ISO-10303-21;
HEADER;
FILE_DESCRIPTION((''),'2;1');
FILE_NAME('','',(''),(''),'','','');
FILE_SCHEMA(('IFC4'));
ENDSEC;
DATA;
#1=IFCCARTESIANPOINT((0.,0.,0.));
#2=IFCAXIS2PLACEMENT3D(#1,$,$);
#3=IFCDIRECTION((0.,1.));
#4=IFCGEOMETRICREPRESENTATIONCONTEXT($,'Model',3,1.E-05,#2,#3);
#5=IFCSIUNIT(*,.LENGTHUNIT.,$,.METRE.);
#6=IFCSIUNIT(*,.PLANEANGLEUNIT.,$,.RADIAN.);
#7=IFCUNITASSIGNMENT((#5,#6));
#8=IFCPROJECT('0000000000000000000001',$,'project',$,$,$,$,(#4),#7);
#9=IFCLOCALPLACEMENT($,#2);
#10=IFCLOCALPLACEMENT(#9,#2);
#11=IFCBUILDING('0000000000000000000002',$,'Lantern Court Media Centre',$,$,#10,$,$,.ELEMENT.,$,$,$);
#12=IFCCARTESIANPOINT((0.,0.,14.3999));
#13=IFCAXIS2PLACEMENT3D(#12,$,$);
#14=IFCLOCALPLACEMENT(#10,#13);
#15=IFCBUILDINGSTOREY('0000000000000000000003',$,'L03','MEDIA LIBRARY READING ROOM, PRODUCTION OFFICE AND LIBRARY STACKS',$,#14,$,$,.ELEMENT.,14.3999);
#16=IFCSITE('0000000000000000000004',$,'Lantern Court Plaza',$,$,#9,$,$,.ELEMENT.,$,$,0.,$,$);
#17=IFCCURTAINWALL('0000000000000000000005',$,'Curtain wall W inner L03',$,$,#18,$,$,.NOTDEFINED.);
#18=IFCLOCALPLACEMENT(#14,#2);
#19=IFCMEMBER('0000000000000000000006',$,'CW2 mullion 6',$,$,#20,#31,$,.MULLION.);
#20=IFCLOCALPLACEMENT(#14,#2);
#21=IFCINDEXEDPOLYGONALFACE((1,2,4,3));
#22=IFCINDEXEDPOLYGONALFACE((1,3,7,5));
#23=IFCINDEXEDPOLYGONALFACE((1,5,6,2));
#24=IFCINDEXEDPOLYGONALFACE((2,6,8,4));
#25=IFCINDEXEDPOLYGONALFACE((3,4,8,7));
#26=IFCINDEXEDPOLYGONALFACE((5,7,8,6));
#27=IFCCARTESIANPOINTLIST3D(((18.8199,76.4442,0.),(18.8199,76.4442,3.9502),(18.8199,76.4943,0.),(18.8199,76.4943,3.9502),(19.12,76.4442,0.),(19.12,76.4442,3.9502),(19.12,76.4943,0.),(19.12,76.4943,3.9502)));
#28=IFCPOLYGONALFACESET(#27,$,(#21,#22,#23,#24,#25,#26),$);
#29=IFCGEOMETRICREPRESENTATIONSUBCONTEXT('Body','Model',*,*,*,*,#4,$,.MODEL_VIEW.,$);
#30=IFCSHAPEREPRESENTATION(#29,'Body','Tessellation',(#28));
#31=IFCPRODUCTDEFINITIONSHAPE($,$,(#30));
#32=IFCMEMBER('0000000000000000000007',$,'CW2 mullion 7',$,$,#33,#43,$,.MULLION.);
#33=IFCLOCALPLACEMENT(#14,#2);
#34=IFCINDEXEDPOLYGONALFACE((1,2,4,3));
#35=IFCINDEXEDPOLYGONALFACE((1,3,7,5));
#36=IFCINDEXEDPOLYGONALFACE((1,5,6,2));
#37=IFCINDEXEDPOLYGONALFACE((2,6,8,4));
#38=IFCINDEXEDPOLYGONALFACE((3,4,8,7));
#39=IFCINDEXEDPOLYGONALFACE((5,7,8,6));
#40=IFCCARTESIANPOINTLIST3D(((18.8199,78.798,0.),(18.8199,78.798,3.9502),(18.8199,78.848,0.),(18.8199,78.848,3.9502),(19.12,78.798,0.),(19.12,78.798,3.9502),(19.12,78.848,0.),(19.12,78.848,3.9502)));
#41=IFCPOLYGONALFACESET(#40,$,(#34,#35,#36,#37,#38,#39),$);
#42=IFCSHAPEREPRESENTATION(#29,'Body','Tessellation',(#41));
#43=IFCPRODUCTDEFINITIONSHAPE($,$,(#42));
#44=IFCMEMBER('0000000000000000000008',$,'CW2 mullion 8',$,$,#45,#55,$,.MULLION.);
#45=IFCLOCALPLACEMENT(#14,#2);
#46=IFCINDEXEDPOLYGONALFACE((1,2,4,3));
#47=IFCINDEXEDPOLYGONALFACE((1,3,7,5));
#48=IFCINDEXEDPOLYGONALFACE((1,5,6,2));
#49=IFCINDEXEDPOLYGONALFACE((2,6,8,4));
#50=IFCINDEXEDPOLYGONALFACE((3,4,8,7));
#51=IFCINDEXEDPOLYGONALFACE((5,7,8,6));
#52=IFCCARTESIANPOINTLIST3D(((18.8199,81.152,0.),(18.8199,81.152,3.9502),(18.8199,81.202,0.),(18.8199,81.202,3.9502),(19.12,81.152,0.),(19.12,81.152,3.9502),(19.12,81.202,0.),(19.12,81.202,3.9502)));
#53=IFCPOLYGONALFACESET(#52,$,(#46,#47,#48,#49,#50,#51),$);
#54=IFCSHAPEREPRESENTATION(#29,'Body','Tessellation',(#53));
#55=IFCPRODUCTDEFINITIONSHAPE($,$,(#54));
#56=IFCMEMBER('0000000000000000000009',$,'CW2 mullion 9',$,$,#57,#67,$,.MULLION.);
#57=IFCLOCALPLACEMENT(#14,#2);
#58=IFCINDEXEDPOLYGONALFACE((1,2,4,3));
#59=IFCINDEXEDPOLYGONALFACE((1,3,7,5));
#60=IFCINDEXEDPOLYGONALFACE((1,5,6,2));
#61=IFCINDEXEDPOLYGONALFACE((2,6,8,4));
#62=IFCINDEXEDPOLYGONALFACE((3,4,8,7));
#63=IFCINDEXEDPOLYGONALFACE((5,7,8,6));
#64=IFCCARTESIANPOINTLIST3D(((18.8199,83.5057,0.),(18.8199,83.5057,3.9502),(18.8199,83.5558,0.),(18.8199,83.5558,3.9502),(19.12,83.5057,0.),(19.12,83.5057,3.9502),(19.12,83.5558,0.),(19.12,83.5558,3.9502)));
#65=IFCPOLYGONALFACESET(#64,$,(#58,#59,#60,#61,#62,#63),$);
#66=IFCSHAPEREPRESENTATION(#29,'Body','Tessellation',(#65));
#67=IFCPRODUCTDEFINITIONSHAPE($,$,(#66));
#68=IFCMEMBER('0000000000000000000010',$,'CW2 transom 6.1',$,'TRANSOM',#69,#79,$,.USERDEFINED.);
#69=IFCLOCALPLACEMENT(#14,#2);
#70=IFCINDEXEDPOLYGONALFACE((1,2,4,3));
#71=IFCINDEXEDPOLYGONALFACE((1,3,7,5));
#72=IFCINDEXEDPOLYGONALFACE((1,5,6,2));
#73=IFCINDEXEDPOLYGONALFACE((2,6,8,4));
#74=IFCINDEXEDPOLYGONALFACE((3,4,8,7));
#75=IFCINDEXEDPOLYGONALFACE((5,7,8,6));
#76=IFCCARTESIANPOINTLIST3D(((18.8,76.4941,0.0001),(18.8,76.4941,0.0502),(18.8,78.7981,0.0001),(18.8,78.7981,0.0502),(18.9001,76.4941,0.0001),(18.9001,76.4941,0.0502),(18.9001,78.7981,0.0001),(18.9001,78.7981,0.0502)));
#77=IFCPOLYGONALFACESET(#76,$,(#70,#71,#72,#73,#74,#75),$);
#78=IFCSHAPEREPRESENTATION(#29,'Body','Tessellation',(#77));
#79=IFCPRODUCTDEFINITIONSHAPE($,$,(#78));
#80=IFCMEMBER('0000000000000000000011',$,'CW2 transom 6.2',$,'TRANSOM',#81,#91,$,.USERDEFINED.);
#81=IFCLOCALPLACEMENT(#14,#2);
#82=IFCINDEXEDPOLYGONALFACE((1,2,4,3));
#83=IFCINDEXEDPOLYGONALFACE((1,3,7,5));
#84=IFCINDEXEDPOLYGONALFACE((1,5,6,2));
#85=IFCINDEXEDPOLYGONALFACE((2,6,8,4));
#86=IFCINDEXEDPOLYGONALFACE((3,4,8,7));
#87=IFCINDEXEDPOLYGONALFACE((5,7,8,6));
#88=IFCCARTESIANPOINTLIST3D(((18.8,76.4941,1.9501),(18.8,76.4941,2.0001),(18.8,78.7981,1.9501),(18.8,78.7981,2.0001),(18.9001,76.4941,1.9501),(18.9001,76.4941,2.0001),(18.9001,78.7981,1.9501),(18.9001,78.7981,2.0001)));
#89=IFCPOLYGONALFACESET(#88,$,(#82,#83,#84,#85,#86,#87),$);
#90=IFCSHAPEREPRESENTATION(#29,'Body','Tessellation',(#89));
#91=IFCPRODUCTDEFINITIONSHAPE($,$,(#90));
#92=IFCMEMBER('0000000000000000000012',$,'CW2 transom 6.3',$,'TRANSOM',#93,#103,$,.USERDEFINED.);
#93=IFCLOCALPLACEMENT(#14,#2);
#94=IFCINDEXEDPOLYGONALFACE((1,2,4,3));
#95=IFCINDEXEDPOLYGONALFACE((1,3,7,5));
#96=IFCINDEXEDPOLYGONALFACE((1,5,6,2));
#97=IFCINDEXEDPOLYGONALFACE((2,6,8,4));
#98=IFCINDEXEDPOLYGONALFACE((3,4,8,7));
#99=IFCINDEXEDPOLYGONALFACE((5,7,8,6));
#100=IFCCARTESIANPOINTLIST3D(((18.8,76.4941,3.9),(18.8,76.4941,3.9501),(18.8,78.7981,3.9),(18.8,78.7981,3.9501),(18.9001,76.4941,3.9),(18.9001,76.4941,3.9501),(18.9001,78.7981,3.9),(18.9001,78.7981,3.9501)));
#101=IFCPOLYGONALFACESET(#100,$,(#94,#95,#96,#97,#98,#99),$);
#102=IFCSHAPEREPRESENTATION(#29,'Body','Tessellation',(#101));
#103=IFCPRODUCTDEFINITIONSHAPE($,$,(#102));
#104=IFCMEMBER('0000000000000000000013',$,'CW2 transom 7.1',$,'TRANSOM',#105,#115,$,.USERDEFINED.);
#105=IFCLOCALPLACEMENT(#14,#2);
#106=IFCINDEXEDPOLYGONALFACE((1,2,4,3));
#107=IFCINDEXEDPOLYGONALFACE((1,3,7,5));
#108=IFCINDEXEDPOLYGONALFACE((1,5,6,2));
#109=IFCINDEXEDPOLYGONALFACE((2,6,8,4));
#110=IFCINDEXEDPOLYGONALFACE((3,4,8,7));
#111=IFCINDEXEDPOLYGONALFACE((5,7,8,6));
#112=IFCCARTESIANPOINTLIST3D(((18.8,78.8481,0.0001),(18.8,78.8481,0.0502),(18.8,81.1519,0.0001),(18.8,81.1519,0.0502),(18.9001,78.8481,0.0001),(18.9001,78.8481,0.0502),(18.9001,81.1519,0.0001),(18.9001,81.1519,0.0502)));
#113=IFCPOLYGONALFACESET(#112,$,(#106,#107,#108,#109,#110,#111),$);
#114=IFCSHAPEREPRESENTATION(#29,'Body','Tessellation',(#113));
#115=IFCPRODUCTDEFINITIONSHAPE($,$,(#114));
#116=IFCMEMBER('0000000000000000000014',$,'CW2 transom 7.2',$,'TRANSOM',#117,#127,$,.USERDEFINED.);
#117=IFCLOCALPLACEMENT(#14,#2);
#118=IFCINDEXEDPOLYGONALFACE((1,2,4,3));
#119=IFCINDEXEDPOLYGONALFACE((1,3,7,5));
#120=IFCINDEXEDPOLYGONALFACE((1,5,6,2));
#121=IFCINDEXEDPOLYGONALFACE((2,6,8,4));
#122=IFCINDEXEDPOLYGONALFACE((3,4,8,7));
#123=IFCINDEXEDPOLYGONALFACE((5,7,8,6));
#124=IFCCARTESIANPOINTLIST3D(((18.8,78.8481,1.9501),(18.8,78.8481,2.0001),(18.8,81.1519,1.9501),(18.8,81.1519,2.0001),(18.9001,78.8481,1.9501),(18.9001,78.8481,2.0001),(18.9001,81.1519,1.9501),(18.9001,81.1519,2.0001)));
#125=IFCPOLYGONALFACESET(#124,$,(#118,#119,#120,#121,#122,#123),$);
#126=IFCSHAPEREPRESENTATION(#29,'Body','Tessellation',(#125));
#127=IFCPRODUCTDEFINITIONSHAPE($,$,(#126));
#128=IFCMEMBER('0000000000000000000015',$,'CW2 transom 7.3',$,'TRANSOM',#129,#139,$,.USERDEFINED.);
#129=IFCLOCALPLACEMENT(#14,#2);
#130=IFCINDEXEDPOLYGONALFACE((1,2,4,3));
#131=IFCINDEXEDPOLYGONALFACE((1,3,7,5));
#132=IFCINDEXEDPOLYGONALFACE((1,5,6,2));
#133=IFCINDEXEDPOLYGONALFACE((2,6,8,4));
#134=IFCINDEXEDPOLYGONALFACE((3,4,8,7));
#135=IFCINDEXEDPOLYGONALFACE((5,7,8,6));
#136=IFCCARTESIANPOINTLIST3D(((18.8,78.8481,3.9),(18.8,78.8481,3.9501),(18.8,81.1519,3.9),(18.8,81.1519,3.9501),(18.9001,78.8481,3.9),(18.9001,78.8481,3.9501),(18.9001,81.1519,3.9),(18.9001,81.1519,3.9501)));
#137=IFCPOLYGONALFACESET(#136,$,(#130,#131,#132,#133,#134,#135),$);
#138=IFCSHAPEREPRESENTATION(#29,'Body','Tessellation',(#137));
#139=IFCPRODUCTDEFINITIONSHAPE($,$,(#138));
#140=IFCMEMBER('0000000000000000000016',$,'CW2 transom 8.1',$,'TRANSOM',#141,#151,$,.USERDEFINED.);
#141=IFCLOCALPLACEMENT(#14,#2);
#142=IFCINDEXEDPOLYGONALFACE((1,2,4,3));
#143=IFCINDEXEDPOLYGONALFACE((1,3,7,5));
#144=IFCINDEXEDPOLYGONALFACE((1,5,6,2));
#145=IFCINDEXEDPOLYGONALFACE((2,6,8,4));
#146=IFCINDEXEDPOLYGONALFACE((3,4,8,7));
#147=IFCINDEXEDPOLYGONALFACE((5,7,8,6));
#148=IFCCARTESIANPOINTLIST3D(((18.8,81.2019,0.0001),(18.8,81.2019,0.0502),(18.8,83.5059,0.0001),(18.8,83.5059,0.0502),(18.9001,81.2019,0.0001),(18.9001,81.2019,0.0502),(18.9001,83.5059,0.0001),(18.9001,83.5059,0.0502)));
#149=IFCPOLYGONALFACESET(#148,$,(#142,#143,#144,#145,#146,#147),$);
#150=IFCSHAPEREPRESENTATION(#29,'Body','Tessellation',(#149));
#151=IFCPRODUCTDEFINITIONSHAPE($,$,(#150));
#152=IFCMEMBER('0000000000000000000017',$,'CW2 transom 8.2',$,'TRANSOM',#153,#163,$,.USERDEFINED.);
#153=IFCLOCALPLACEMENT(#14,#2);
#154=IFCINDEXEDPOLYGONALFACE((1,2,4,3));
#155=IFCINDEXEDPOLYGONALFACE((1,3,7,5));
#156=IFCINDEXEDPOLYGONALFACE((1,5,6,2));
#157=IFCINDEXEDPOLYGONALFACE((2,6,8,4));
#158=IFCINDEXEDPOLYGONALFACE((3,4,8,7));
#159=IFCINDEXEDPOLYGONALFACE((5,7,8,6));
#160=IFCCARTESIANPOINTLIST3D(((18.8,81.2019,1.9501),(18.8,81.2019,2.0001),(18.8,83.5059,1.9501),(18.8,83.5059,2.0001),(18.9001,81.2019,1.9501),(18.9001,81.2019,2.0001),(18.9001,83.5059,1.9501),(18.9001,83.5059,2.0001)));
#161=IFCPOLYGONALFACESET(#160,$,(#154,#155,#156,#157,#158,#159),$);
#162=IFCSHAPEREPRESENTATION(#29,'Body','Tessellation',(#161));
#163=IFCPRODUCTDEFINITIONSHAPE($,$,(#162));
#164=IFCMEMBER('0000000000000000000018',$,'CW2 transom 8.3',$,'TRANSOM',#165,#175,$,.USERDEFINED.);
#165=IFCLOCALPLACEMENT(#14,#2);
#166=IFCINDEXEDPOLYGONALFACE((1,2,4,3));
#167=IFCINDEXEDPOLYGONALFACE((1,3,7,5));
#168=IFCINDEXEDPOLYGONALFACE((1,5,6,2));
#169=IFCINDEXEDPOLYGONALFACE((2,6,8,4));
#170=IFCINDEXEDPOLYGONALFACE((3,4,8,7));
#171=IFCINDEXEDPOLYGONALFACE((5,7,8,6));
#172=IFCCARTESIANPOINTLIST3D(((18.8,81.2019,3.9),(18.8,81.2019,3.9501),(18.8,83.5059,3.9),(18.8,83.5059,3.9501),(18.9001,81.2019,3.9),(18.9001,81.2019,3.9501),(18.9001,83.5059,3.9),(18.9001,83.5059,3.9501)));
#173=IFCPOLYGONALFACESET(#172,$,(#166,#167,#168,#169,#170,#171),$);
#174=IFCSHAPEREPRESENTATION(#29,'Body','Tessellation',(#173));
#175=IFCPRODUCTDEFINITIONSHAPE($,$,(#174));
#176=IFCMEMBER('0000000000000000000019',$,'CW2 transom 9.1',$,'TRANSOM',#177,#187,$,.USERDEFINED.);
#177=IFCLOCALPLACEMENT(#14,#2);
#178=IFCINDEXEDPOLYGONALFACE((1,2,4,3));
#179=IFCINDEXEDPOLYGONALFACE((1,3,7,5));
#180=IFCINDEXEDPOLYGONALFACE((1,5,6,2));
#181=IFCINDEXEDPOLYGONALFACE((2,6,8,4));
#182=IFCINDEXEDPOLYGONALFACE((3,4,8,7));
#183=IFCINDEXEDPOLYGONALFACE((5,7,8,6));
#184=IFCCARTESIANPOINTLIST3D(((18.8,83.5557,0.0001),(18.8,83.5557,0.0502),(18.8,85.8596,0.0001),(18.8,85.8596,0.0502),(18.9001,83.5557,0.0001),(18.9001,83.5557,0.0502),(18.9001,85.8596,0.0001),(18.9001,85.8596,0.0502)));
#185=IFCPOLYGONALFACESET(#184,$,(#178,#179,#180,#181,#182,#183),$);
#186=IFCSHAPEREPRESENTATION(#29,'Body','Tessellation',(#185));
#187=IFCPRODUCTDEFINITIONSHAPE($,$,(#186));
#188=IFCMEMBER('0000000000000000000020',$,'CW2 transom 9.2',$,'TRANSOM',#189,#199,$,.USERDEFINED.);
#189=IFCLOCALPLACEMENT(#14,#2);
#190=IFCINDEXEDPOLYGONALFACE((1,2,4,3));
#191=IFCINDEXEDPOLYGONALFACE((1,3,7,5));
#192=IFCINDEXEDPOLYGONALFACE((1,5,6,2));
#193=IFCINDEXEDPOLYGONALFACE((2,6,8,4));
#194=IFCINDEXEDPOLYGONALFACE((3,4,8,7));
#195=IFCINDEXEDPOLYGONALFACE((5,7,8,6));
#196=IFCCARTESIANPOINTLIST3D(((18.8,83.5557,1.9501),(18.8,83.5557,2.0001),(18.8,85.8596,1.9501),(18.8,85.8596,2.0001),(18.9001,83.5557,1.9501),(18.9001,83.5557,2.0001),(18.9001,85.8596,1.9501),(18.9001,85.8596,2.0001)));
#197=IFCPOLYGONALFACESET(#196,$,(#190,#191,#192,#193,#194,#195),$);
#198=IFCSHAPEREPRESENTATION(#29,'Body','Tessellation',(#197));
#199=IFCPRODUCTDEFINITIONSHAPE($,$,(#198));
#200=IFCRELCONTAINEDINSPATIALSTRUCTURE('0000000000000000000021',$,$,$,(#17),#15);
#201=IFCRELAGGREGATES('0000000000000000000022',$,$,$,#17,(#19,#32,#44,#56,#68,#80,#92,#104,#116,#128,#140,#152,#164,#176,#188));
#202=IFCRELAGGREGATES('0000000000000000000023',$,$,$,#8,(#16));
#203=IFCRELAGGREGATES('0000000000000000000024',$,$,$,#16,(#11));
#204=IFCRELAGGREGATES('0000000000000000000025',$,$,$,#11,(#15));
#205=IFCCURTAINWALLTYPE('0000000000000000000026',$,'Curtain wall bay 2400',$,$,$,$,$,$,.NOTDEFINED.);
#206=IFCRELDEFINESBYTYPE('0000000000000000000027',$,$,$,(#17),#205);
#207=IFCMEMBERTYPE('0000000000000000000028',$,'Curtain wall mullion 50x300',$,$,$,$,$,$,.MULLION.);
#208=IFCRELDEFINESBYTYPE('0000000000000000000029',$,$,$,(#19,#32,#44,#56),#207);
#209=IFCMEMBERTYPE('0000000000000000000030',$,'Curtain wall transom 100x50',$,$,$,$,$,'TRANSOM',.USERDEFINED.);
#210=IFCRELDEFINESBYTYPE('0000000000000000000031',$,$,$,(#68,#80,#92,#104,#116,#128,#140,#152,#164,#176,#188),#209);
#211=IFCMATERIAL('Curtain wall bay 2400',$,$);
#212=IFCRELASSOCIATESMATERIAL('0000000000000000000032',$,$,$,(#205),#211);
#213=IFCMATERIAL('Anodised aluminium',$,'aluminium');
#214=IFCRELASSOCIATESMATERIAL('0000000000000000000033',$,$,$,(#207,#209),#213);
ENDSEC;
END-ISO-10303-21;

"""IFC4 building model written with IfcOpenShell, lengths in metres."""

from ifc_helpers import new_model, si_unit, direction, frame, origin, origin_2d, place, context, subcontext, project, spatial, rectangle, extrude, material, material_profile, profile_set, type_object, element, aggregate, save


model = new_model("IFC4")

# Units and contexts
model_context = context("Model", 3, precision=1e-05, world=origin(), true_north=direction((0.0, 1.0)))
body_context = subcontext(model_context, "Body", "Model", "MODEL_VIEW")
ifc_project = project(units=[si_unit("LENGTHUNIT", "METRE"), si_unit("PLANEANGLEUNIT", "RADIAN")], contexts=[model_context])

# Site, building, storey
site_placement = place(None, origin())
site = spatial("IfcSite", under=ifc_project, at=site_placement, Name="Lantern Court Plaza", CompositionType="ELEMENT", RefElevation=0.0)
building_placement = place(site_placement, origin())
building = spatial("IfcBuilding", under=site, at=building_placement, Name="Lantern Court Media Centre", CompositionType="ELEMENT")
storey_placement = place(building_placement, frame((0.0, 0.0, 14.3999)))
storey = spatial("IfcBuildingStorey", under=building, at=storey_placement, Name="L03", Description="MEDIA LIBRARY READING ROOM, PRODUCTION OFFICE AND LIBRARY STACKS", CompositionType="ELEMENT", Elevation=14.3999)

# Curtain wall, members
ifc_material_1 = material(Name="Curtain wall bay 2400")
curtain_wall_type_1 = type_object("IfcCurtainWallType", Name="Curtain wall bay 2400", PredefinedType="NOTDEFINED", material=ifc_material_1)
curtain_wall_1_placement = place(storey_placement, origin())
curtain_wall_1 = element("IfcCurtainWall", 1, at=curtain_wall_1_placement, inside=storey, type_object=curtain_wall_type_1, Name="Curtain wall W inner L03", PredefinedType="NOTDEFINED")
ifc_material_2 = material(Name="Anodised aluminium", Category="aluminium")
ifc_material_profile_1 = material_profile(ifc_material_2, rectangle(XDim=0.3, YDim=0.05, at=origin_2d()), Name="AL 50x300")
ifc_profile_set_1 = profile_set([ifc_material_profile_1], Name="Anodised aluminium")
member_type_1 = type_object("IfcMemberType", Name="Curtain wall mullion 50x300", PredefinedType="MULLION", material=ifc_profile_set_1)
member_1_placement = place(storey_placement, frame((18.97, 76.4692, 0.0), z_axis=(0.0, 0.0, 1.0), x_axis=(-1.0, 0.0, 0.0)))
member_1 = element("IfcMember", 2, at=member_1_placement, type_object=member_type_1, Name="CW2 mullion 6", PredefinedType="MULLION", context=body_context, shape_type="SweptSolid", body=[
    extrude(rectangle(XDim=0.3, YDim=0.05, at=origin_2d()), origin(), (0.0, 0.0, 1.0), 3.9502),
])
member_2_placement = place(storey_placement, frame((18.97, 78.823, 0.0), z_axis=(0.0, 0.0, 1.0), x_axis=(-1.0, 0.0, 0.0)))
member_2 = element("IfcMember", 3, at=member_2_placement, type_object=member_type_1, Name="CW2 mullion 7", PredefinedType="MULLION", context=body_context, shape_type="SweptSolid", body=[
    extrude(rectangle(XDim=0.3, YDim=0.05, at=origin_2d()), origin(), (0.0, 0.0, 1.0), 3.9502),
])
member_3_placement = place(storey_placement, frame((18.97, 81.177, 0.0), z_axis=(0.0, 0.0, 1.0), x_axis=(-1.0, 0.0, 0.0)))
member_3 = element("IfcMember", 4, at=member_3_placement, type_object=member_type_1, Name="CW2 mullion 8", PredefinedType="MULLION", context=body_context, shape_type="SweptSolid", body=[
    extrude(rectangle(XDim=0.3, YDim=0.05, at=origin_2d()), origin(), (0.0, 0.0, 1.0), 3.9502),
])
member_4_placement = place(storey_placement, frame((18.97, 83.5308, 0.0), z_axis=(0.0, 0.0, 1.0), x_axis=(-1.0, 0.0, 0.0)))
member_4 = element("IfcMember", 5, at=member_4_placement, type_object=member_type_1, Name="CW2 mullion 9", PredefinedType="MULLION", context=body_context, shape_type="SweptSolid", body=[
    extrude(rectangle(XDim=0.3, YDim=0.05, at=origin_2d()), origin(), (0.0, 0.0, 1.0), 3.9502),
])
ifc_material_profile_2 = material_profile(ifc_material_2, rectangle(XDim=0.1001, YDim=0.05, at=origin_2d()), Name="AL 50x100")
ifc_profile_set_2 = profile_set([ifc_material_profile_2], Name="Anodised aluminium")
member_type_2 = type_object("IfcMemberType", Name="Curtain wall transom 100x50", ElementType="TRANSOM", PredefinedType="USERDEFINED", material=ifc_profile_set_2)
member_5_placement = place(storey_placement, frame((18.8501, 76.4941, 0.0251), z_axis=(0.0, 1.0, 0.0), x_axis=(-1.0, 0.0, 0.0)))
member_5 = element("IfcMember", 6, at=member_5_placement, type_object=member_type_2, Name="CW2 transom 6.1", ObjectType="TRANSOM", PredefinedType="USERDEFINED", context=body_context, shape_type="SweptSolid", body=[
    extrude(rectangle(XDim=0.1001, YDim=0.05, at=origin_2d()), origin(), (0.0, 0.0, 1.0), 2.304),
])
member_6_placement = place(storey_placement, frame((18.8501, 76.4941, 1.9751), z_axis=(0.0, 1.0, 0.0), x_axis=(-1.0, 0.0, 0.0)))
member_6 = element("IfcMember", 7, at=member_6_placement, type_object=member_type_2, Name="CW2 transom 6.2", ObjectType="TRANSOM", PredefinedType="USERDEFINED", context=body_context, shape_type="SweptSolid", body=[
    extrude(rectangle(XDim=0.1001, YDim=0.05, at=origin_2d()), origin(), (0.0, 0.0, 1.0), 2.304),
])
member_7_placement = place(storey_placement, frame((18.8501, 76.4941, 3.925), z_axis=(0.0, 1.0, 0.0), x_axis=(-1.0, 0.0, 0.0)))
member_7 = element("IfcMember", 8, at=member_7_placement, type_object=member_type_2, Name="CW2 transom 6.3", ObjectType="TRANSOM", PredefinedType="USERDEFINED", context=body_context, shape_type="SweptSolid", body=[
    extrude(rectangle(XDim=0.1001, YDim=0.05, at=origin_2d()), origin(), (0.0, 0.0, 1.0), 2.304),
])
member_8_placement = place(storey_placement, frame((18.8501, 78.8481, 0.0251), z_axis=(0.0, 1.0, 0.0), x_axis=(-1.0, 0.0, 0.0)))
member_8 = element("IfcMember", 9, at=member_8_placement, type_object=member_type_2, Name="CW2 transom 7.1", ObjectType="TRANSOM", PredefinedType="USERDEFINED", context=body_context, shape_type="SweptSolid", body=[
    extrude(rectangle(XDim=0.1001, YDim=0.05, at=origin_2d()), origin(), (0.0, 0.0, 1.0), 2.3037),
])
member_9_placement = place(storey_placement, frame((18.8501, 78.8481, 1.9751), z_axis=(0.0, 1.0, 0.0), x_axis=(-1.0, 0.0, 0.0)))
member_9 = element("IfcMember", 10, at=member_9_placement, type_object=member_type_2, Name="CW2 transom 7.2", ObjectType="TRANSOM", PredefinedType="USERDEFINED", context=body_context, shape_type="SweptSolid", body=[
    extrude(rectangle(XDim=0.1001, YDim=0.05, at=origin_2d()), origin(), (0.0, 0.0, 1.0), 2.3037),
])
member_10_placement = place(storey_placement, frame((18.8501, 78.8481, 3.925), z_axis=(0.0, 1.0, 0.0), x_axis=(-1.0, 0.0, 0.0)))
member_10 = element("IfcMember", 11, at=member_10_placement, type_object=member_type_2, Name="CW2 transom 7.3", ObjectType="TRANSOM", PredefinedType="USERDEFINED", context=body_context, shape_type="SweptSolid", body=[
    extrude(rectangle(XDim=0.1001, YDim=0.05, at=origin_2d()), origin(), (0.0, 0.0, 1.0), 2.3037),
])
member_11_placement = place(storey_placement, frame((18.8501, 81.2019, 0.0251), z_axis=(0.0, 1.0, 0.0), x_axis=(-1.0, 0.0, 0.0)))
member_11 = element("IfcMember", 12, at=member_11_placement, type_object=member_type_2, Name="CW2 transom 8.1", ObjectType="TRANSOM", PredefinedType="USERDEFINED", context=body_context, shape_type="SweptSolid", body=[
    extrude(rectangle(XDim=0.1001, YDim=0.05, at=origin_2d()), origin(), (0.0, 0.0, 1.0), 2.304),
])
member_12_placement = place(storey_placement, frame((18.8501, 81.2019, 1.9751), z_axis=(0.0, 1.0, 0.0), x_axis=(-1.0, 0.0, 0.0)))
member_12 = element("IfcMember", 13, at=member_12_placement, type_object=member_type_2, Name="CW2 transom 8.2", ObjectType="TRANSOM", PredefinedType="USERDEFINED", context=body_context, shape_type="SweptSolid", body=[
    extrude(rectangle(XDim=0.1001, YDim=0.05, at=origin_2d()), origin(), (0.0, 0.0, 1.0), 2.304),
])
member_13_placement = place(storey_placement, frame((18.8501, 81.2019, 3.925), z_axis=(0.0, 1.0, 0.0), x_axis=(-1.0, 0.0, 0.0)))
member_13 = element("IfcMember", 14, at=member_13_placement, type_object=member_type_2, Name="CW2 transom 8.3", ObjectType="TRANSOM", PredefinedType="USERDEFINED", context=body_context, shape_type="SweptSolid", body=[
    extrude(rectangle(XDim=0.1001, YDim=0.05, at=origin_2d()), origin(), (0.0, 0.0, 1.0), 2.304),
])
member_14_placement = place(storey_placement, frame((18.8501, 83.5557, 0.0251), z_axis=(0.0, 1.0, 0.0), x_axis=(-1.0, 0.0, 0.0)))
member_14 = element("IfcMember", 15, at=member_14_placement, type_object=member_type_2, Name="CW2 transom 9.1", ObjectType="TRANSOM", PredefinedType="USERDEFINED", context=body_context, shape_type="SweptSolid", body=[
    extrude(rectangle(XDim=0.1001, YDim=0.05, at=origin_2d()), origin(), (0.0, 0.0, 1.0), 2.304),
])
member_15_placement = place(storey_placement, frame((18.8501, 83.5557, 1.9751), z_axis=(0.0, 1.0, 0.0), x_axis=(-1.0, 0.0, 0.0)))
member_15 = element("IfcMember", 16, at=member_15_placement, type_object=member_type_2, Name="CW2 transom 9.2", ObjectType="TRANSOM", PredefinedType="USERDEFINED", context=body_context, shape_type="SweptSolid", body=[
    extrude(rectangle(XDim=0.1001, YDim=0.05, at=origin_2d()), origin(), (0.0, 0.0, 1.0), 2.304),
])

aggregate(curtain_wall_1, [member_1, member_2, member_3, member_4, member_5, member_6, member_7, member_8, member_9, member_10, member_11, member_12, member_13, member_14, member_15])

save(model, "model.ifc")
